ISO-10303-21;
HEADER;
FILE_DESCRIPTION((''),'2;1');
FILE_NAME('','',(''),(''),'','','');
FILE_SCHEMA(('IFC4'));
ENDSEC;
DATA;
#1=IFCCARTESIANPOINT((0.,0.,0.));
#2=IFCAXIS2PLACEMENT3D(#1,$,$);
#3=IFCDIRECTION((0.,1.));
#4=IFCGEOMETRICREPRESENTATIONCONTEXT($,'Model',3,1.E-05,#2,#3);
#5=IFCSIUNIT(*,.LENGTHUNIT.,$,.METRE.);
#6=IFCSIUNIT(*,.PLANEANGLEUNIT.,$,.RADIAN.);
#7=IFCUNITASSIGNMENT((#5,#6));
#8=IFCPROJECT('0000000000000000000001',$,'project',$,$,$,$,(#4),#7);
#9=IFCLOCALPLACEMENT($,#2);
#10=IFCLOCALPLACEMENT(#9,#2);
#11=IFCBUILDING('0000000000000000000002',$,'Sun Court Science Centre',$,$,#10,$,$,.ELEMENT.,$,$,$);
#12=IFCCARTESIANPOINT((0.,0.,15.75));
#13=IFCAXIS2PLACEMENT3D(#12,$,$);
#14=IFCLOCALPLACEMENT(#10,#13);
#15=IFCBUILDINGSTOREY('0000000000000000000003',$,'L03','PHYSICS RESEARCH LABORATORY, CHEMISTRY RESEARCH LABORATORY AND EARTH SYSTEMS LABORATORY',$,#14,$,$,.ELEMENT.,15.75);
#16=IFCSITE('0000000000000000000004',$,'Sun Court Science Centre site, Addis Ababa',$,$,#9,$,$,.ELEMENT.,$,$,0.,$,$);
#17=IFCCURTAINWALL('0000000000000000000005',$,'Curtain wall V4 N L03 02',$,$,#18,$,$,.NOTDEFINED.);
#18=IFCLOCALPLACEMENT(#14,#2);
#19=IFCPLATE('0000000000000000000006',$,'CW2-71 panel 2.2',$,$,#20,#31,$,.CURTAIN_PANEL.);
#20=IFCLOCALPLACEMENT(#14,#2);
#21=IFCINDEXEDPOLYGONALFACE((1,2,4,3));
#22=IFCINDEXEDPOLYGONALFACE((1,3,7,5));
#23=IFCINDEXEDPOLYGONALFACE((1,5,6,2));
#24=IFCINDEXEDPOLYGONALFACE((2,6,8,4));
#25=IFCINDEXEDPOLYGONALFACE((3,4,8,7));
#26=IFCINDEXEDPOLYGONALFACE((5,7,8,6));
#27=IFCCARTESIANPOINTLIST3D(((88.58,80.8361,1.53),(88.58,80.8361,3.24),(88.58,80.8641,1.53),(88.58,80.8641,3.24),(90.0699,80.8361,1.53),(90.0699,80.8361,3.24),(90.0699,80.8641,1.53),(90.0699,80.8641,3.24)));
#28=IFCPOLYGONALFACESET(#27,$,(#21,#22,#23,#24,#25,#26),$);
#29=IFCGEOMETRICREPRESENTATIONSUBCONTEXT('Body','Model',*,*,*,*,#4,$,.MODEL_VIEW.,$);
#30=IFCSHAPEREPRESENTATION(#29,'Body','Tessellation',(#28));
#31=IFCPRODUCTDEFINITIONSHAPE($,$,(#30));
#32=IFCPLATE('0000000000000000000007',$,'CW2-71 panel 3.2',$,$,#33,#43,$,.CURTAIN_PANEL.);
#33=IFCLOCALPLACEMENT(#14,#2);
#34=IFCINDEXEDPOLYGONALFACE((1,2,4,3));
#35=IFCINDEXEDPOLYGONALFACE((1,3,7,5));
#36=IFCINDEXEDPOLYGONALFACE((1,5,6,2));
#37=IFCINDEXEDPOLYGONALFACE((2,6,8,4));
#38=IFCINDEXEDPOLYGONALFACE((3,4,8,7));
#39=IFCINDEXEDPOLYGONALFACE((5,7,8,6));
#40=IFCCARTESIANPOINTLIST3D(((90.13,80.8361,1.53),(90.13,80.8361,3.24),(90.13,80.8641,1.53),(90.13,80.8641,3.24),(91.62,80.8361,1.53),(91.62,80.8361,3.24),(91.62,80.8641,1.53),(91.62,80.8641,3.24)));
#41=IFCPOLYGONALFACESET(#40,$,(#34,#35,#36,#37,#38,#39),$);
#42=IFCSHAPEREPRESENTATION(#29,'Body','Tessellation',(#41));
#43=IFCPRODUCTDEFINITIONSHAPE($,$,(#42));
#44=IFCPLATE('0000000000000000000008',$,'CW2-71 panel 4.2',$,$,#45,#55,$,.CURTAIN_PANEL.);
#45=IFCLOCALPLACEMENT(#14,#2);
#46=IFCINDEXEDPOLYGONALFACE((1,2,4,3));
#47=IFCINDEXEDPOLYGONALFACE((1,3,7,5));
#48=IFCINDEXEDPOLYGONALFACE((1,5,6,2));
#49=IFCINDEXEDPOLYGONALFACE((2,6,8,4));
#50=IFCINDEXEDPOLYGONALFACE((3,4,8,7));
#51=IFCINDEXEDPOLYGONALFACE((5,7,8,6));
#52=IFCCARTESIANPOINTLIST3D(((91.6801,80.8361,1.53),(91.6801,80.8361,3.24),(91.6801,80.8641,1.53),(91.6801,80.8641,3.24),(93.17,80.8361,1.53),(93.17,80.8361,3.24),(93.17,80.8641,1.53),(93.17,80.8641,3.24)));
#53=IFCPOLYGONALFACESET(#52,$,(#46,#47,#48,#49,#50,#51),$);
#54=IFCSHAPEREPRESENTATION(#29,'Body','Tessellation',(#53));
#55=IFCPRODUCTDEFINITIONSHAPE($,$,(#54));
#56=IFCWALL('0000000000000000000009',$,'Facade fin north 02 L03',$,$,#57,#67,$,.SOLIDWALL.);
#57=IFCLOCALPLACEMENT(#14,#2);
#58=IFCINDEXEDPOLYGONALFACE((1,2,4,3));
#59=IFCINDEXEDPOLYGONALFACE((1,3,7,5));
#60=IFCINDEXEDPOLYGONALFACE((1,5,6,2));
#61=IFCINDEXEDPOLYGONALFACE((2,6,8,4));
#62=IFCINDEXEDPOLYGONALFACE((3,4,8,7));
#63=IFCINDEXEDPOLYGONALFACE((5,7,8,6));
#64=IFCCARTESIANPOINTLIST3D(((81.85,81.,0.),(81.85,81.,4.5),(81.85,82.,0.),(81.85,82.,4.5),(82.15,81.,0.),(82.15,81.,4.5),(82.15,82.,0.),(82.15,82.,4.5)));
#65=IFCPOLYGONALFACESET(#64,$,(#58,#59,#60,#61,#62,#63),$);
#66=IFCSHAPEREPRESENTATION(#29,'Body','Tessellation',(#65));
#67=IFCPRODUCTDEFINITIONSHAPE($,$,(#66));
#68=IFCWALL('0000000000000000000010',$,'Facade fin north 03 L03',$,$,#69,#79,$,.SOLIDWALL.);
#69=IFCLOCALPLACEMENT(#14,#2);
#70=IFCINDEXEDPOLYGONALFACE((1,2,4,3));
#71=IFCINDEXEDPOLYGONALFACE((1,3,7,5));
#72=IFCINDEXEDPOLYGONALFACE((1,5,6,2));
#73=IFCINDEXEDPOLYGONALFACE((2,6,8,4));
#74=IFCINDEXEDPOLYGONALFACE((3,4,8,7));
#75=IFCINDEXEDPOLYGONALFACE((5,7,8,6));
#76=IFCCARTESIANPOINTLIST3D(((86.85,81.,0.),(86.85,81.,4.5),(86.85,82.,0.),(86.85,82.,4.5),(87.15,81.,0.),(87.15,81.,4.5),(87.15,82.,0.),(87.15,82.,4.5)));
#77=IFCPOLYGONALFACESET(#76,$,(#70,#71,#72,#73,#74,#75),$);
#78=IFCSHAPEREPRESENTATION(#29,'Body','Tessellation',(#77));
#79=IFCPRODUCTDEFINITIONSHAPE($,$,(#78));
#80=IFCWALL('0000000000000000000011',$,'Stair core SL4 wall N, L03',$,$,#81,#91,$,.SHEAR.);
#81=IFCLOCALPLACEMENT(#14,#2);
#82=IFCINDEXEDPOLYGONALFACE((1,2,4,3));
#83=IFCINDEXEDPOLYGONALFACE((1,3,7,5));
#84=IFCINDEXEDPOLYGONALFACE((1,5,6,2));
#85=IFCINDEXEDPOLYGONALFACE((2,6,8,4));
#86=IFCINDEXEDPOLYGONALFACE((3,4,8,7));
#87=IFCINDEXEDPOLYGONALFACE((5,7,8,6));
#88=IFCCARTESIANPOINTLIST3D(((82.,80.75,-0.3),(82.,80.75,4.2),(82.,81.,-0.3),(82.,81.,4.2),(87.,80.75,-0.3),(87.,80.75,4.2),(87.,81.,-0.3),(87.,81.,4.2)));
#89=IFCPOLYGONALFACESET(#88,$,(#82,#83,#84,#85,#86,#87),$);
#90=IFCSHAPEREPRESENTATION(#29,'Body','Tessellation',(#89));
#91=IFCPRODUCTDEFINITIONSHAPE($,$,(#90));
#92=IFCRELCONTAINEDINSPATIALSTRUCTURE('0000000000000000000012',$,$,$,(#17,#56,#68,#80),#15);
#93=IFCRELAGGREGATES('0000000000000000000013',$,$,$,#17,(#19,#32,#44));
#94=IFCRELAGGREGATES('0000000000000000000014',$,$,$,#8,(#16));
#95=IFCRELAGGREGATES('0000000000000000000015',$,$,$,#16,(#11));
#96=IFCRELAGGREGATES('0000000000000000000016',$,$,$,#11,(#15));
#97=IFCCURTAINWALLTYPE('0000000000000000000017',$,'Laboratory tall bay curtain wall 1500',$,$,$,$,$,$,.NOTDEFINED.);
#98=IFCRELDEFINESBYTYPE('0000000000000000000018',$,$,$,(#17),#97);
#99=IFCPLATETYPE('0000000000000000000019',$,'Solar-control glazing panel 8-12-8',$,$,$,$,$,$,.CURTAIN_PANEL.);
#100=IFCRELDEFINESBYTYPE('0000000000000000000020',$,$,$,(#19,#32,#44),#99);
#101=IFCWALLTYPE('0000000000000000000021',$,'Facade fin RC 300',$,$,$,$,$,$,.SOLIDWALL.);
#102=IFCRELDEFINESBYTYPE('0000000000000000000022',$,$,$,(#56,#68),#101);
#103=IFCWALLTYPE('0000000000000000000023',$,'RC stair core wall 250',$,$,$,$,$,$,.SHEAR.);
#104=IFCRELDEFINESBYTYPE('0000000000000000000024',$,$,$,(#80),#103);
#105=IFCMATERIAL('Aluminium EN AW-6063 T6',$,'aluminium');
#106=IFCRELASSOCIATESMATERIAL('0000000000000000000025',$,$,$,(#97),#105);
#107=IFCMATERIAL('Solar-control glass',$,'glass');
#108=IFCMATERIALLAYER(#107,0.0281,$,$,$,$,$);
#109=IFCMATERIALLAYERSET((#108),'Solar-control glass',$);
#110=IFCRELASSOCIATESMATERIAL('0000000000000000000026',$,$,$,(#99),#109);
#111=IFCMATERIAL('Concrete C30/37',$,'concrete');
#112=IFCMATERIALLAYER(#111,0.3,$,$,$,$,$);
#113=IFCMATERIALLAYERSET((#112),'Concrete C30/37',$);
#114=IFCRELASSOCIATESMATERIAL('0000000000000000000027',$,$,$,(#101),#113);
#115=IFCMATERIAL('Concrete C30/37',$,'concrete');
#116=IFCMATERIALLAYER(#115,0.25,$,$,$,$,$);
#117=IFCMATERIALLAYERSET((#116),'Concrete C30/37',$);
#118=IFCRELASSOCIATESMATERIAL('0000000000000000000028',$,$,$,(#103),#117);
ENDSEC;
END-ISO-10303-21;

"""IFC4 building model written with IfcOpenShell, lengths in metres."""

from ifc_helpers import new_model, si_unit, direction, frame, frame_2d, origin, origin_2d, place, context, subcontext, project, spatial, rectangle, extrude, material, layer, layer_set, type_object, element, aggregate, save


model = new_model("IFC4")

# Units and contexts
model_context = context("Model", 3, precision=1e-05, world=origin(), true_north=direction((0.0, 1.0)))
body_context = subcontext(model_context, "Body", "Model", "MODEL_VIEW")
ifc_project = project(units=[si_unit("LENGTHUNIT", "METRE"), si_unit("PLANEANGLEUNIT", "RADIAN")], contexts=[model_context])

# Site, building, storey
site_placement = place(None, origin())
site = spatial("IfcSite", under=ifc_project, at=site_placement, Name="Sun Court Science Centre site, Addis Ababa", CompositionType="ELEMENT", RefElevation=0.0)
building_placement = place(site_placement, origin())
building = spatial("IfcBuilding", under=site, at=building_placement, Name="Sun Court Science Centre", CompositionType="ELEMENT")
storey_placement = place(building_placement, frame((0.0, 0.0, 15.75)))
storey = spatial("IfcBuildingStorey", under=building, at=storey_placement, Name="L03", Description="PHYSICS RESEARCH LABORATORY, CHEMISTRY RESEARCH LABORATORY AND EARTH SYSTEMS LABORATORY", CompositionType="ELEMENT", Elevation=15.75)

# Curtain wall
ifc_material_1 = material(Name="Aluminium EN AW-6063 T6", Category="aluminium")
curtain_wall_type = type_object("IfcCurtainWallType", Name="Laboratory tall bay curtain wall 1500", PredefinedType="NOTDEFINED", material=ifc_material_1)
curtain_wall_1_placement = place(storey_placement, origin())
curtain_wall_1 = element("IfcCurtainWall", 1, at=curtain_wall_1_placement, inside=storey, type_object=curtain_wall_type, Name="Curtain wall V4 N L03 02", PredefinedType="NOTDEFINED")

# Plates
ifc_material_2 = material(Name="Solar-control glass", Category="glass")
ifc_layer_1 = layer(ifc_material_2, 0.0281)
ifc_layer_set_1 = layer_set([ifc_layer_1], Name="Solar-control glass")
plate_type = type_object("IfcPlateType", Name="Solar-control glazing panel 8-12-8", PredefinedType="CURTAIN_PANEL", material=ifc_layer_set_1)
plate_1_placement = place(storey_placement, frame((89.325, 80.8501, 1.53), z_axis=(0.0, 0.0, 1.0), x_axis=(1.0, 0.0, 0.0)))
plate_1 = element("IfcPlate", 2, at=plate_1_placement, type_object=plate_type, Name="CW2-71 panel 2.2", PredefinedType="CURTAIN_PANEL", context=body_context, shape_type="SweptSolid", body=[
    extrude(rectangle(XDim=1.49, YDim=0.0281, at=origin_2d()), origin(), (0.0, 0.0, 1.0), 1.71),
])
plate_2_placement = place(storey_placement, frame((90.875, 80.8501, 1.53), z_axis=(0.0, 0.0, 1.0), x_axis=(1.0, 0.0, 0.0)))
plate_2 = element("IfcPlate", 3, at=plate_2_placement, type_object=plate_type, Name="CW2-71 panel 3.2", PredefinedType="CURTAIN_PANEL", context=body_context, shape_type="SweptSolid", body=[
    extrude(rectangle(XDim=1.49, YDim=0.0281, at=origin_2d()), origin(), (0.0, 0.0, 1.0), 1.71),
])
plate_3_placement = place(storey_placement, frame((92.425, 80.8501, 1.53), z_axis=(0.0, 0.0, 1.0), x_axis=(1.0, 0.0, 0.0)))
plate_3 = element("IfcPlate", 4, at=plate_3_placement, type_object=plate_type, Name="CW2-71 panel 4.2", PredefinedType="CURTAIN_PANEL", context=body_context, shape_type="SweptSolid", body=[
    extrude(rectangle(XDim=1.49, YDim=0.0281, at=origin_2d()), origin(), (0.0, 0.0, 1.0), 1.71),
])
aggregate(curtain_wall_1, [plate_1, plate_2, plate_3])

# Walls
ifc_material_3 = material(Name="Concrete C30/37", Category="concrete")
ifc_layer_2 = layer(ifc_material_3, 0.3)
ifc_layer_set_2 = layer_set([ifc_layer_2], Name="Concrete C30/37")
wall_type_1 = type_object("IfcWallType", Name="Facade fin RC 300", PredefinedType="SOLIDWALL", material=ifc_layer_set_2)
for number, where, z_axis, x_axis, name in (
    (5, (82.0, 81.0, 0.0), (0.0, 0.0, 1.0), (0.0, 1.0, 0.0), "Facade fin north 02 L03"),
    (6, (87.0, 81.0, 0.0), (0.0, 0.0, 1.0), (0.0, 1.0, 0.0), "Facade fin north 03 L03"),
):
    element("IfcWall", number, at=place(storey_placement, frame(where, z_axis=z_axis, x_axis=x_axis)), inside=storey, type_object=wall_type_1, Name=name, PredefinedType="SOLIDWALL", context=body_context, shape_type="SweptSolid", body=[
        extrude(rectangle(XDim=1.0, YDim=0.3, at=frame_2d((0.5, 0.0))), origin(), (0.0, 0.0, 1.0), 4.5),
    ])
ifc_material_4 = material(Name="Concrete C30/37", Category="concrete")
ifc_layer_3 = layer(ifc_material_4, 0.25)
ifc_layer_set_3 = layer_set([ifc_layer_3], Name="Concrete C30/37")
wall_type_2 = type_object("IfcWallType", Name="RC stair core wall 250", PredefinedType="SHEAR", material=ifc_layer_set_3)
wall_placement = place(storey_placement, frame((82.0, 80.875, -0.3), z_axis=(0.0, 0.0, 1.0), x_axis=(1.0, 0.0, 0.0)))
element("IfcWall", 7, at=wall_placement, inside=storey, type_object=wall_type_2, Name="Stair core SL4 wall N, L03", PredefinedType="SHEAR", context=body_context, shape_type="SweptSolid", body=[
    extrude(rectangle(XDim=5.0, YDim=0.25, at=frame_2d((2.5, 0.0))), origin(), (0.0, 0.0, 1.0), 4.5),
])

save(model, "model.ifc")
